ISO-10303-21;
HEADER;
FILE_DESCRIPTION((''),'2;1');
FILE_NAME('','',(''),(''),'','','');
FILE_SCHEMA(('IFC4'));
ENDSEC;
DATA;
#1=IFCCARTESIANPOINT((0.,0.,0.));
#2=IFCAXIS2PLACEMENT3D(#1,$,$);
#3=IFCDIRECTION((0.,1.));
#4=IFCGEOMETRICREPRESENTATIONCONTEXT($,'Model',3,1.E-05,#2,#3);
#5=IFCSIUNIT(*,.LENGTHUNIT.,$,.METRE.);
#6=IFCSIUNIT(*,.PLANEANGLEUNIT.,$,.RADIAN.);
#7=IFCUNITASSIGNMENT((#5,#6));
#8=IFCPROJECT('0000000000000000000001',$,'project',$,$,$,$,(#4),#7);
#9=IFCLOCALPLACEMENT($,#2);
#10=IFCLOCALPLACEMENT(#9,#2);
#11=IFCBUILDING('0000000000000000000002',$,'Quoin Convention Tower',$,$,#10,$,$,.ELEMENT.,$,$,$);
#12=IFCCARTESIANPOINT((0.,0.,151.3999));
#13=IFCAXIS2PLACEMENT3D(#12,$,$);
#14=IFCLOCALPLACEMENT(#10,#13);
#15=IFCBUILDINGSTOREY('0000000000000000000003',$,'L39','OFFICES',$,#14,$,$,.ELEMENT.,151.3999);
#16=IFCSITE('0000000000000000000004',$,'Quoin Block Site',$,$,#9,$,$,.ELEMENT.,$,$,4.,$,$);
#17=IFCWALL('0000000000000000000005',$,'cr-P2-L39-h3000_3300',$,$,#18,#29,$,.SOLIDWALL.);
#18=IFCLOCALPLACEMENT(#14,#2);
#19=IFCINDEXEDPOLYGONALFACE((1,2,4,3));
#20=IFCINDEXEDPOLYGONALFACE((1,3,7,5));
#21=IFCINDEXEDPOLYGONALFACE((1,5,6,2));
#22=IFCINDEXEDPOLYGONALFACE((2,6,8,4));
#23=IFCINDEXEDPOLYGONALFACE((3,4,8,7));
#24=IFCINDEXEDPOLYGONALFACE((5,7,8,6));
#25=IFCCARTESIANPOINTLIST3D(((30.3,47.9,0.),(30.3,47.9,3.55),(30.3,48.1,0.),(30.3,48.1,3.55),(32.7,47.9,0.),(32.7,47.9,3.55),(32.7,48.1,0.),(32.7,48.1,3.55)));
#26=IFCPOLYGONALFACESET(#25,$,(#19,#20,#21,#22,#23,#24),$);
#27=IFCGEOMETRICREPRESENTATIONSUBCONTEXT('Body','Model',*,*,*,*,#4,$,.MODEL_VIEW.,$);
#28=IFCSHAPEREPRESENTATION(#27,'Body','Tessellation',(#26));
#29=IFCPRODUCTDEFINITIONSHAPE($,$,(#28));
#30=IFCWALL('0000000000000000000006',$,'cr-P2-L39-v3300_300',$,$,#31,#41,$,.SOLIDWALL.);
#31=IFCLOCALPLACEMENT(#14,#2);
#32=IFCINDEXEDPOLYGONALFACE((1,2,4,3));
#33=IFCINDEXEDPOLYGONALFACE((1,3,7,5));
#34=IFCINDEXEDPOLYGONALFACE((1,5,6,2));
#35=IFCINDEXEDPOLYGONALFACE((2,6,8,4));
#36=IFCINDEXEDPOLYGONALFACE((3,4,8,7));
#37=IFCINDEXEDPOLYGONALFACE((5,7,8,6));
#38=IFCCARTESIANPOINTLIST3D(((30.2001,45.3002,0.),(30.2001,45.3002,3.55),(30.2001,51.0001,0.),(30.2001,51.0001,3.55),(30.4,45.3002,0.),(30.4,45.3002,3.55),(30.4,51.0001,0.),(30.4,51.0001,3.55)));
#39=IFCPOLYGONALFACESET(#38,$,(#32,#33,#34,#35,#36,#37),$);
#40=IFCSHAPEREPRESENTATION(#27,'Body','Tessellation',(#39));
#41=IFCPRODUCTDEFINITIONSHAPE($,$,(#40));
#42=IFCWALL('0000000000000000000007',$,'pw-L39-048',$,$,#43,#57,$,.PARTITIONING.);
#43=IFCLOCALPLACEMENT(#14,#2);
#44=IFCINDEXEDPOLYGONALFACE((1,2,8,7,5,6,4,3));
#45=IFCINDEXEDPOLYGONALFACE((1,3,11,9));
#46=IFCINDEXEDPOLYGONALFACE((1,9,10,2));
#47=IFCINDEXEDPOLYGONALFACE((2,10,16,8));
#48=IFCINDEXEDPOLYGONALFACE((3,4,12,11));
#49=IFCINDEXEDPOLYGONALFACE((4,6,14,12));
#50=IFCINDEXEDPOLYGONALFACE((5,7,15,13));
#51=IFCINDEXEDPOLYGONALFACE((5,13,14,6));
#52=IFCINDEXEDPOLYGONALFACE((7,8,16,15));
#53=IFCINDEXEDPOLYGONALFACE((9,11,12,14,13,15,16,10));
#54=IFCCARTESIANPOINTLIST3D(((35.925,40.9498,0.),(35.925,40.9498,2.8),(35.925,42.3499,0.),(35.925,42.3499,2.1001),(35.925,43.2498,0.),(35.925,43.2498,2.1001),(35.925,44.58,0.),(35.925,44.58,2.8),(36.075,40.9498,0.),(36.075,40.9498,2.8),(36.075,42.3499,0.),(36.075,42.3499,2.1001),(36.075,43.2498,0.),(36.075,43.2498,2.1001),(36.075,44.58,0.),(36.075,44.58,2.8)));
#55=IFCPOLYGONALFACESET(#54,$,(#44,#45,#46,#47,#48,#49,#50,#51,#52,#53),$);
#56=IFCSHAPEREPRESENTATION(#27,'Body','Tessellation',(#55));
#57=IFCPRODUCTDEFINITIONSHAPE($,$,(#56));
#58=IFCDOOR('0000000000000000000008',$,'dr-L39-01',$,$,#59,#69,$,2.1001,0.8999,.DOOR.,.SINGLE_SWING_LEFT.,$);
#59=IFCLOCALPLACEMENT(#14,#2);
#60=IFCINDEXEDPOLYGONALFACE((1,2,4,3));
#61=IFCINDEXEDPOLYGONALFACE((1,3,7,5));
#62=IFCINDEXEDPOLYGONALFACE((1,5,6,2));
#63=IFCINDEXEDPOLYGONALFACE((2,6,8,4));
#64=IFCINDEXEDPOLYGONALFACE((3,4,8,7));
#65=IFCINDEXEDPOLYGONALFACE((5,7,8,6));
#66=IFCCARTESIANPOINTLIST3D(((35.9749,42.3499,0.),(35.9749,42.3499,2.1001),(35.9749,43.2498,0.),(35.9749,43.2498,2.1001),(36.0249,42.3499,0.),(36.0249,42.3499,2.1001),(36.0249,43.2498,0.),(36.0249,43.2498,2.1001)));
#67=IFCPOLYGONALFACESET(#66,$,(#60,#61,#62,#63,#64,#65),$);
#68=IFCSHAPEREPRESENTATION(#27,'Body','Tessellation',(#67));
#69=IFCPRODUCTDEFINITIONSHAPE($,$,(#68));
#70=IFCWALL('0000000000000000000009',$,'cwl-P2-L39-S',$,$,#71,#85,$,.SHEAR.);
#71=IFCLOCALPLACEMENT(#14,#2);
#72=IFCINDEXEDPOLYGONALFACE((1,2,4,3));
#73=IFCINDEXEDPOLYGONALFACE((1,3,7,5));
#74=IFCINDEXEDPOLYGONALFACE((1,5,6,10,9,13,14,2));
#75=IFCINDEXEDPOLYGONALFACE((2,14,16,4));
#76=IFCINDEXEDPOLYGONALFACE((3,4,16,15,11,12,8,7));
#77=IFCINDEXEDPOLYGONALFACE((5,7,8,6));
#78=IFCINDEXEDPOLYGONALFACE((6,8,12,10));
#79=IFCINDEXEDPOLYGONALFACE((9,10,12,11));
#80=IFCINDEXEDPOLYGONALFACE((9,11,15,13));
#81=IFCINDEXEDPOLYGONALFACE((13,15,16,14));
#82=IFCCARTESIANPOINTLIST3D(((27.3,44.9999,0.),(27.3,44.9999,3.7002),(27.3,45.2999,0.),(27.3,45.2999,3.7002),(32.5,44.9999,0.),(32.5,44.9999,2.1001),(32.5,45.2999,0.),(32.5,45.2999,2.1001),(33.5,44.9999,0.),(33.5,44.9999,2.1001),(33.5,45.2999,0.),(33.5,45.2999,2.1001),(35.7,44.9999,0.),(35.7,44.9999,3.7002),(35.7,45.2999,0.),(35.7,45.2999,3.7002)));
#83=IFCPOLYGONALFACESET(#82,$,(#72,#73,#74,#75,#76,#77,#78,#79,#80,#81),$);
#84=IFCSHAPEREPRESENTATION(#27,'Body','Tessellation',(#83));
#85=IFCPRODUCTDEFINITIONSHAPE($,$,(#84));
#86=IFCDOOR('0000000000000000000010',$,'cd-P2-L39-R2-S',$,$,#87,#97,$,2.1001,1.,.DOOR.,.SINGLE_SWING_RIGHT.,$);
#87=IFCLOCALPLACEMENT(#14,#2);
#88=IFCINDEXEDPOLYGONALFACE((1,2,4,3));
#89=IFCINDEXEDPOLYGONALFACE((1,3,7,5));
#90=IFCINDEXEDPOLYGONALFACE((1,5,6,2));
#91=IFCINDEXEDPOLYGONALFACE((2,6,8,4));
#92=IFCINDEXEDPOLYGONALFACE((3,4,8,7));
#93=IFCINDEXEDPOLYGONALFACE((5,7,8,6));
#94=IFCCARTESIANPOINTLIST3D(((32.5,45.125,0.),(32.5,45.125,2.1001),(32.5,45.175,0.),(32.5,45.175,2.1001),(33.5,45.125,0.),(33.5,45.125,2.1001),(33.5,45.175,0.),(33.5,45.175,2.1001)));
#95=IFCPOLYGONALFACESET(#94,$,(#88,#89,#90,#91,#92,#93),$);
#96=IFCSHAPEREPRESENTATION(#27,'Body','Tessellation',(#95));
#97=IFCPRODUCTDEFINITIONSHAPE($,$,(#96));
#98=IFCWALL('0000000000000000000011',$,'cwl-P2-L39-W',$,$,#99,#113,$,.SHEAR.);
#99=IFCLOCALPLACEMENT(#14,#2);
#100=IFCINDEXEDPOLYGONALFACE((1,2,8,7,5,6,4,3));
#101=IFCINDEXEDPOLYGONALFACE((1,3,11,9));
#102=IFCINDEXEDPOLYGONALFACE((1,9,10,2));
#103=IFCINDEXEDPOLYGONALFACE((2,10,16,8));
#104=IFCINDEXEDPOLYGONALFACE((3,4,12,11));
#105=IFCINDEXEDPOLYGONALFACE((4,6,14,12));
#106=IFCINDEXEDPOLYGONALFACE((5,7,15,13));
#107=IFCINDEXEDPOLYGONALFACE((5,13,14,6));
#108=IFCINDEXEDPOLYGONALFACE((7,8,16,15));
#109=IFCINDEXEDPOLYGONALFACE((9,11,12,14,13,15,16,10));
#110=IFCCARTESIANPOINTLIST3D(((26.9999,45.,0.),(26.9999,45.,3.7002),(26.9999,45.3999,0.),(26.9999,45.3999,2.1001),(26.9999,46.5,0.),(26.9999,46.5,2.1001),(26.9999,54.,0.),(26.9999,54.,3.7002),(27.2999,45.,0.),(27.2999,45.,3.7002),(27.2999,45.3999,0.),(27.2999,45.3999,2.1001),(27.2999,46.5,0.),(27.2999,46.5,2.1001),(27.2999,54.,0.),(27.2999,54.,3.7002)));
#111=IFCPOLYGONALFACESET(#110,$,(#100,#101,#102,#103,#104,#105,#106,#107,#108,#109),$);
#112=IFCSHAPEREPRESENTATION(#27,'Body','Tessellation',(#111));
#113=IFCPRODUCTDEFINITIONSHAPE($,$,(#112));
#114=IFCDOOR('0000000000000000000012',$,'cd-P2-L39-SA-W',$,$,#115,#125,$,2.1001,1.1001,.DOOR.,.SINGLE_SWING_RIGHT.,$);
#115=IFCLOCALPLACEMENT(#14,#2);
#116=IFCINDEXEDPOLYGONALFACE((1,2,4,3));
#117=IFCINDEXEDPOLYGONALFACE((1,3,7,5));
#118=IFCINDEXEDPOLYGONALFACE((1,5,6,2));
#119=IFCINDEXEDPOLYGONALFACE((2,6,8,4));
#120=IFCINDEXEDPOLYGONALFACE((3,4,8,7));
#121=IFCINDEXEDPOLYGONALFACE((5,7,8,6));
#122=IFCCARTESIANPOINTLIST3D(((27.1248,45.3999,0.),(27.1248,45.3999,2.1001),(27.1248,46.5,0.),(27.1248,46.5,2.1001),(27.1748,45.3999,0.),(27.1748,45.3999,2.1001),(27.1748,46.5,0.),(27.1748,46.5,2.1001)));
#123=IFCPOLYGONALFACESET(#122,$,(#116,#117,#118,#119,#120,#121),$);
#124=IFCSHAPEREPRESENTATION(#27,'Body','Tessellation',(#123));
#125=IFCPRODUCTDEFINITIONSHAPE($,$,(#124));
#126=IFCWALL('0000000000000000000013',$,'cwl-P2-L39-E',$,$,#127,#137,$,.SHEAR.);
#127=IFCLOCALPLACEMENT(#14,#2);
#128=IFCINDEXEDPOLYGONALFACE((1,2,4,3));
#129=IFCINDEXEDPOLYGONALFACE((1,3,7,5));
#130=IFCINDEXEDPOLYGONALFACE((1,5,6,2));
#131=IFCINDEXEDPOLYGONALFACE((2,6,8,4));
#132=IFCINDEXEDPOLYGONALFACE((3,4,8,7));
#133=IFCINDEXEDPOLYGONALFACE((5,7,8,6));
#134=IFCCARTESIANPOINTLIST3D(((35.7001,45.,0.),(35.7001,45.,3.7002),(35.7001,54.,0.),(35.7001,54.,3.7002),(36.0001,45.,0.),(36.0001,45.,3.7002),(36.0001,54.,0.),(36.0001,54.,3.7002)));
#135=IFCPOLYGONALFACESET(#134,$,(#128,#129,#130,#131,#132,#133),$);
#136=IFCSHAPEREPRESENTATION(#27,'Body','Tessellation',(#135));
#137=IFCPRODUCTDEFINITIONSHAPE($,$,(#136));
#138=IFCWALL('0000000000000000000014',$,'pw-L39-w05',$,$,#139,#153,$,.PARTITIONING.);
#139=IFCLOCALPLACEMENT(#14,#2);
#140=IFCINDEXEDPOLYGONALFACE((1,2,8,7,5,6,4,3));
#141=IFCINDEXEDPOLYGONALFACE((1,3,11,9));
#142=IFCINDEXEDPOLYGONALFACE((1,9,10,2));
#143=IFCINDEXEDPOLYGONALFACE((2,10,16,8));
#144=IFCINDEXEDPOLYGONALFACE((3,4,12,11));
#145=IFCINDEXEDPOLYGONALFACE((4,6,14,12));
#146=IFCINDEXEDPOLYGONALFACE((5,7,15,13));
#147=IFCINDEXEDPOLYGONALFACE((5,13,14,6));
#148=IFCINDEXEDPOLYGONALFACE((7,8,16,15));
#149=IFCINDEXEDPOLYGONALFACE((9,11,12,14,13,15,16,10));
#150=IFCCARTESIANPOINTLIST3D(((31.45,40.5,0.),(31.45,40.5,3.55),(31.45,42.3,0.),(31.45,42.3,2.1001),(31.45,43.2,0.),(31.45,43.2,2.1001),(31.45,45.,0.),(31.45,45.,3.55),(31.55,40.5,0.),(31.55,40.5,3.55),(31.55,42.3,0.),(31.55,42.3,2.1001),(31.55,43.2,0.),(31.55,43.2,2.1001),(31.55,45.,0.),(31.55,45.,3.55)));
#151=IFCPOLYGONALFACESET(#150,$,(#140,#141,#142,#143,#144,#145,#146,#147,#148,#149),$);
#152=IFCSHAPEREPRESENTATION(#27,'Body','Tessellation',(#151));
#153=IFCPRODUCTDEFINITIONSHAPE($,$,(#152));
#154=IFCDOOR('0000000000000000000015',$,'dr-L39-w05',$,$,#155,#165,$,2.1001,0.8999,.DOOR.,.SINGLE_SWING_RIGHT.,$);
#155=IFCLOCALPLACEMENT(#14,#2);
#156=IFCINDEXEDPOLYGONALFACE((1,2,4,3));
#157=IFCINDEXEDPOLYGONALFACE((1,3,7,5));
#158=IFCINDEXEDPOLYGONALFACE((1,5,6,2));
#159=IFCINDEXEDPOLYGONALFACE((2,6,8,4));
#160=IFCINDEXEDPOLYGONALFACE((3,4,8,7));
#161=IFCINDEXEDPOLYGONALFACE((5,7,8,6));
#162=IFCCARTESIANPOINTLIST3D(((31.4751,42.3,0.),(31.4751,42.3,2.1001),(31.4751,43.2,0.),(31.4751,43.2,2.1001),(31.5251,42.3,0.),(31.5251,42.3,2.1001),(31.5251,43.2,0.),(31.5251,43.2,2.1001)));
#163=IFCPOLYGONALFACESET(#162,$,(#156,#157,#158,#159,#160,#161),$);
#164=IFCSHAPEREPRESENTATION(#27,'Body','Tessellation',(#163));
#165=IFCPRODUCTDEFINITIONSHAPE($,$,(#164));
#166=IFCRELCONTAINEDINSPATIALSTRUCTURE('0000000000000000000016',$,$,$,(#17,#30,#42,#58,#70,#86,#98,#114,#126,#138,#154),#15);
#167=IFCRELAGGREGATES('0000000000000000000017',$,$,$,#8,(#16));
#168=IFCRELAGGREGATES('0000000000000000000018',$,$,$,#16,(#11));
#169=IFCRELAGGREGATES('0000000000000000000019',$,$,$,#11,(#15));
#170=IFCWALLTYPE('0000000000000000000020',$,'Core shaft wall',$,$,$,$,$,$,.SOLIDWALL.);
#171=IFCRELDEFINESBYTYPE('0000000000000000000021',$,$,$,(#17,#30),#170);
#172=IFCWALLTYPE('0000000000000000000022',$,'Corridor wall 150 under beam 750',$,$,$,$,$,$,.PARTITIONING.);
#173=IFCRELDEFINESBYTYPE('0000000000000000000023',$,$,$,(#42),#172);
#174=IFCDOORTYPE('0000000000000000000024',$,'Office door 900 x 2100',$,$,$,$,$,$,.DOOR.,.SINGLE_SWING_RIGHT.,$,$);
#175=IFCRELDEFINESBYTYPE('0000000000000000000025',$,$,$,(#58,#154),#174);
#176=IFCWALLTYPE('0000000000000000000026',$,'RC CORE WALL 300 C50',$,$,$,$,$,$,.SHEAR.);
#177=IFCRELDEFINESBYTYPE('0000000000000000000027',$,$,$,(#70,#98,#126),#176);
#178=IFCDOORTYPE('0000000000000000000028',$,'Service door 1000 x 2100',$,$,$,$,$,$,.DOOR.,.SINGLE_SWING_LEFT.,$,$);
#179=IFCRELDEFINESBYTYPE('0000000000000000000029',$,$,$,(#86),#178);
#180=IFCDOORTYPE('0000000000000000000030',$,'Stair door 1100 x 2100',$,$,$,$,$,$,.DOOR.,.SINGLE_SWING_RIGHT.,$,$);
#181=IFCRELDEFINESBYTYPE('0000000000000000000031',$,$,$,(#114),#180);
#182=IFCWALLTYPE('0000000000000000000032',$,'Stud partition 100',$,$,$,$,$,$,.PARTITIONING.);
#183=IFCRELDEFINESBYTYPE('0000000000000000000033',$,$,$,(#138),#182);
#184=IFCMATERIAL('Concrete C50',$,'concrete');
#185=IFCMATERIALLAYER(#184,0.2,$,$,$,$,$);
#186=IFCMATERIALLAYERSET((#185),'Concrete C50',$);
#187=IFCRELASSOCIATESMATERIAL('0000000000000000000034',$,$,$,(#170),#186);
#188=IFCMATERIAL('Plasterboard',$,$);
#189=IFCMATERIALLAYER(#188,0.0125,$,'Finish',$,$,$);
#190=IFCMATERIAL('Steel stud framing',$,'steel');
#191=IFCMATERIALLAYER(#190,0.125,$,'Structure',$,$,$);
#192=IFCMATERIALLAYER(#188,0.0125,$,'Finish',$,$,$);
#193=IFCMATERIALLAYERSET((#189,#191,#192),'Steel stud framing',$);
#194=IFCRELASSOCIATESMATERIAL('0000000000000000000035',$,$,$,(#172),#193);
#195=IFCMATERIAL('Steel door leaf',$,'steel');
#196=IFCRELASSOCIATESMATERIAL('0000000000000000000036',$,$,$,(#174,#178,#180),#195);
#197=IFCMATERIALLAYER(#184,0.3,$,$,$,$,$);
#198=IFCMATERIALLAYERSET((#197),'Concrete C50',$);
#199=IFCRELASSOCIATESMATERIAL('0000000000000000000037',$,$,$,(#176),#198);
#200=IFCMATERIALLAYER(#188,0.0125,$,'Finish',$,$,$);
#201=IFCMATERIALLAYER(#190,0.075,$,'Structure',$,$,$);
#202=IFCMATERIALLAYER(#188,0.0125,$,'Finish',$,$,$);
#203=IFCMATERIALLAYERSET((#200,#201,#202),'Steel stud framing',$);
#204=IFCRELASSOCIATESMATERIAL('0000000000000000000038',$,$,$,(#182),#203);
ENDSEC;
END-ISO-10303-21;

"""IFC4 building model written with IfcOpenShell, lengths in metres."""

from ifc_helpers import new_model, si_unit, direction, frame, frame_2d, origin, place, context, subcontext, project, spatial, rectangle, extrude, material, layer, layer_set, type_object, element, fill, save


model = new_model("IFC4")

# Units and contexts
model_context = context("Model", 3, precision=1e-05, world=origin(), true_north=direction((0.0, 1.0)))
body_context = subcontext(model_context, "Body", "Model", "MODEL_VIEW")
ifc_project = project(units=[si_unit("LENGTHUNIT", "METRE"), si_unit("PLANEANGLEUNIT", "RADIAN")], contexts=[model_context])

# Site, building, storey
site_placement = place(None, origin())
site = spatial("IfcSite", under=ifc_project, at=site_placement, Name="Quoin Block Site", CompositionType="ELEMENT", RefElevation=4.0)
building_placement = place(site_placement, origin())
building = spatial("IfcBuilding", under=site, at=building_placement, Name="Quoin Convention Tower", CompositionType="ELEMENT")
storey_placement = place(building_placement, frame((0.0, 0.0, 151.3999)))
storey = spatial("IfcBuildingStorey", under=building, at=storey_placement, Name="L39", Description="OFFICES", CompositionType="ELEMENT", Elevation=151.3999)

# Shared definitions
ifc_material_1 = material(Name="Concrete C50", Category="concrete")

# Walls
ifc_layer_1 = layer(ifc_material_1, 0.2)
ifc_layer_set_1 = layer_set([ifc_layer_1], Name="Concrete C50")
wall_type_1 = type_object("IfcWallType", Name="Core shaft wall", PredefinedType="SOLIDWALL", material=ifc_layer_set_1)
wall_1_placement = place(storey_placement, frame((30.3, 48.0, 0.0), z_axis=(0.0, 0.0, 1.0), x_axis=(1.0, 0.0, 0.0)))
element("IfcWall", 1, at=wall_1_placement, inside=storey, type_object=wall_type_1, Name="cr-P2-L39-h3000_3300", PredefinedType="SOLIDWALL", context=body_context, shape_type="SweptSolid", body=[
    extrude(rectangle(XDim=2.3999, YDim=0.2, at=frame_2d((1.2, 0.0))), origin(), (0.0, 0.0, 1.0), 3.55),
])
wall_2_placement = place(storey_placement, frame((30.3, 45.3, 0.0), z_axis=(0.0, 0.0, 1.0), x_axis=(0.0, 1.0, 0.0)))
element("IfcWall", 2, at=wall_2_placement, inside=storey, type_object=wall_type_1, Name="cr-P2-L39-v3300_300", PredefinedType="SOLIDWALL", context=body_context, shape_type="SweptSolid", body=[
    extrude(rectangle(XDim=5.7, YDim=0.2, at=frame_2d((2.8501, 0.0))), origin(), (0.0, 0.0, 1.0), 3.55),
])

# Walls, openings, doors
ifc_material_2 = material(Name="Plasterboard")
ifc_layer_2 = layer(ifc_material_2, 0.0125, Name="Finish")
ifc_material_3 = material(Name="Steel stud framing", Category="steel")
ifc_layer_3 = layer(ifc_material_3, 0.125, Name="Structure")
ifc_layer_4 = layer(ifc_material_2, 0.0125, Name="Finish")
ifc_layer_set_2 = layer_set([ifc_layer_2, ifc_layer_3, ifc_layer_4], Name="Steel stud framing")
wall_type_2 = type_object("IfcWallType", Name="Corridor wall 150 under beam 750", PredefinedType="PARTITIONING", material=ifc_layer_set_2)
wall_3_placement = place(storey_placement, frame((36.0, 40.95, 0.0), z_axis=(0.0, 0.0, 1.0), x_axis=(0.0, 1.0, 0.0)))
wall_3 = element("IfcWall", 3, at=wall_3_placement, inside=storey, type_object=wall_type_2, Name="pw-L39-048", PredefinedType="PARTITIONING", context=body_context, shape_type="SweptSolid", body=[
    extrude(rectangle(XDim=3.6301, YDim=0.1499, at=frame_2d((1.8149, 0.0))), origin(), (0.0, 0.0, 1.0), 2.8),
])
opening_1_placement = place(wall_3_placement, frame((1.3999, 0.0, 0.0)))
opening_1 = element("IfcOpeningElement", 4, at=opening_1_placement, cuts=wall_3, PredefinedType="OPENING", context=body_context, shape_type="SweptSolid", body=[
    extrude(rectangle(XDim=0.8999, YDim=2.1001, at=frame_2d((0.45, 1.05))), frame((0.0, 0.085, 0.0), z_axis=(0.0, -1.0, 0.0), x_axis=(1.0, 0.0, 0.0)), (0.0, 0.0, 1.0), 0.1699),
])
ifc_material_4 = material(Name="Steel door leaf", Category="steel")
door_type_1 = type_object("IfcDoorType", Name="Office door 900 x 2100", OperationType="SINGLE_SWING_RIGHT", PredefinedType="DOOR", material=ifc_material_4)
door_1_placement = place(opening_1_placement, frame((0.8999, 0.0, 0.0), z_axis=(0.0, 0.0, 1.0), x_axis=(-1.0, 0.0, 0.0)))
door_1 = element("IfcDoor", 5, at=door_1_placement, inside=storey, type_object=door_type_1, Name="dr-L39-01", OperationType="SINGLE_SWING_LEFT", OverallHeight=2.1001, OverallWidth=0.8999, PredefinedType="DOOR", context=body_context, shape_type="SweptSolid", body=[
    extrude(rectangle(XDim=0.8999, YDim=2.1001, at=frame_2d((0.45, 1.05))), frame((0.0, 0.0249, 0.0), z_axis=(0.0, -1.0, 0.0), x_axis=(1.0, 0.0, 0.0)), (0.0, 0.0, 1.0), 0.05),
])
fill(opening_1, door_1)
ifc_layer_5 = layer(ifc_material_1, 0.3)
ifc_layer_set_3 = layer_set([ifc_layer_5], Name="Concrete C50")
wall_type_3 = type_object("IfcWallType", Name="RC CORE WALL 300 C50", PredefinedType="SHEAR", material=ifc_layer_set_3)
wall_4_placement = place(storey_placement, frame((27.3, 45.1499, 0.0), z_axis=(0.0, 0.0, 1.0), x_axis=(1.0, 0.0, 0.0)))
wall_4 = element("IfcWall", 6, at=wall_4_placement, inside=storey, type_object=wall_type_3, Name="cwl-P2-L39-S", PredefinedType="SHEAR", context=body_context, shape_type="SweptSolid", body=[
    extrude(rectangle(XDim=8.3999, YDim=0.3, at=frame_2d((4.2, 0.0))), origin(), (0.0, 0.0, 1.0), 3.7002),
])
opening_2_placement = place(wall_4_placement, frame((5.2, 0.0, 0.0)))
opening_2 = element("IfcOpeningElement", 7, at=opening_2_placement, cuts=wall_4, PredefinedType="OPENING", context=body_context, shape_type="SweptSolid", body=[
    extrude(rectangle(XDim=1.0, YDim=2.1001, at=frame_2d((0.5, 1.05))), frame((0.0, 0.1599, 0.0), z_axis=(0.0, -1.0, 0.0), x_axis=(1.0, 0.0, 0.0)), (0.0, 0.0, 1.0), 0.3201),
])
door_type_2 = type_object("IfcDoorType", Name="Service door 1000 x 2100", OperationType="SINGLE_SWING_LEFT", PredefinedType="DOOR", material=ifc_material_4)
door_2_placement = place(opening_2_placement, frame((1.0, 0.0, 0.0), z_axis=(0.0, 0.0, 1.0), x_axis=(-1.0, 0.0, 0.0)))
door_2 = element("IfcDoor", 8, at=door_2_placement, inside=storey, type_object=door_type_2, Name="cd-P2-L39-R2-S", OperationType="SINGLE_SWING_RIGHT", OverallHeight=2.1001, OverallWidth=1.0, PredefinedType="DOOR", context=body_context, shape_type="SweptSolid", body=[
    extrude(rectangle(XDim=1.0, YDim=2.1001, at=frame_2d((0.5, 1.05))), frame((0.0, 0.0249, 0.0), z_axis=(0.0, -1.0, 0.0), x_axis=(1.0, 0.0, 0.0)), (0.0, 0.0, 1.0), 0.05),
])
fill(opening_2, door_2)
wall_5_placement = place(storey_placement, frame((27.1499, 45.0, 0.0), z_axis=(0.0, 0.0, 1.0), x_axis=(0.0, 1.0, 0.0)))
wall_5 = element("IfcWall", 9, at=wall_5_placement, inside=storey, type_object=wall_type_3, Name="cwl-P2-L39-W", PredefinedType="SHEAR", context=body_context, shape_type="SweptSolid", body=[
    extrude(rectangle(XDim=9.0, YDim=0.3, at=frame_2d((4.5, 0.0))), origin(), (0.0, 0.0, 1.0), 3.7002),
])
opening_3_placement = place(wall_5_placement, frame((0.3999, 0.0, 0.0)))
opening_3 = element("IfcOpeningElement", 10, at=opening_3_placement, cuts=wall_5, PredefinedType="OPENING", context=body_context, shape_type="SweptSolid", body=[
    extrude(rectangle(XDim=1.1001, YDim=2.1001, at=frame_2d((0.55, 1.05))), frame((0.0, 0.1599, 0.0), z_axis=(0.0, -1.0, 0.0), x_axis=(1.0, 0.0, 0.0)), (0.0, 0.0, 1.0), 0.3201),
])
door_type_3 = type_object("IfcDoorType", Name="Stair door 1100 x 2100", OperationType="SINGLE_SWING_RIGHT", PredefinedType="DOOR", material=ifc_material_4)
door_3_placement = place(opening_3_placement, frame((1.1001, 0.0, 0.0), z_axis=(0.0, 0.0, 1.0), x_axis=(-1.0, 0.0, 0.0)))
door_3 = element("IfcDoor", 11, at=door_3_placement, inside=storey, type_object=door_type_3, Name="cd-P2-L39-SA-W", OperationType="SINGLE_SWING_RIGHT", OverallHeight=2.1001, OverallWidth=1.1001, PredefinedType="DOOR", context=body_context, shape_type="SweptSolid", body=[
    extrude(rectangle(XDim=1.1001, YDim=2.1001, at=frame_2d((0.55, 1.05))), frame((0.0, 0.0249, 0.0), z_axis=(0.0, -1.0, 0.0), x_axis=(1.0, 0.0, 0.0)), (0.0, 0.0, 1.0), 0.05),
])
fill(opening_3, door_3)

# Wall
wall_6_placement = place(storey_placement, frame((35.8501, 45.0, 0.0), z_axis=(0.0, 0.0, 1.0), x_axis=(0.0, 1.0, 0.0)))
element("IfcWall", 12, at=wall_6_placement, inside=storey, type_object=wall_type_3, Name="cwl-P2-L39-E", PredefinedType="SHEAR", context=body_context, shape_type="SweptSolid", body=[
    extrude(rectangle(XDim=9.0, YDim=0.3, at=frame_2d((4.5, 0.0))), origin(), (0.0, 0.0, 1.0), 3.7002),
])

# Wall, opening, door
ifc_layer_6 = layer(ifc_material_2, 0.0125, Name="Finish")
ifc_layer_7 = layer(ifc_material_3, 0.075, Name="Structure")
ifc_layer_8 = layer(ifc_material_2, 0.0125, Name="Finish")
ifc_layer_set_4 = layer_set([ifc_layer_6, ifc_layer_7, ifc_layer_8], Name="Steel stud framing")
wall_type_4 = type_object("IfcWallType", Name="Stud partition 100", PredefinedType="PARTITIONING", material=ifc_layer_set_4)
wall_7_placement = place(storey_placement, frame((31.5, 45.0, 0.0), z_axis=(0.0, 0.0, 1.0), x_axis=(0.0, -1.0, 0.0)))
wall_7 = element("IfcWall", 13, at=wall_7_placement, inside=storey, type_object=wall_type_4, Name="pw-L39-w05", PredefinedType="PARTITIONING", context=body_context, shape_type="SweptSolid", body=[
    extrude(rectangle(XDim=4.5, YDim=0.1001, at=frame_2d((2.25, 0.0))), origin(), (0.0, 0.0, 1.0), 3.55),
])
opening_4_placement = place(wall_7_placement, frame((1.8, 0.0, 0.0)))
opening_4 = element("IfcOpeningElement", 14, at=opening_4_placement, cuts=wall_7, PredefinedType="OPENING", context=body_context, shape_type="SweptSolid", body=[
    extrude(rectangle(XDim=0.8999, YDim=2.1001, at=frame_2d((0.45, 1.05))), frame((0.0, 0.0601, 0.0), z_axis=(0.0, -1.0, 0.0), x_axis=(1.0, 0.0, 0.0)), (0.0, 0.0, 1.0), 0.1201),
])
door_4_placement = place(opening_4_placement, frame((0.8999, 0.0, 0.0), z_axis=(0.0, 0.0, 1.0), x_axis=(-1.0, 0.0, 0.0)))
door_4 = element("IfcDoor", 15, at=door_4_placement, inside=storey, type_object=door_type_1, Name="dr-L39-w05", OperationType="SINGLE_SWING_RIGHT", OverallHeight=2.1001, OverallWidth=0.8999, PredefinedType="DOOR", context=body_context, shape_type="SweptSolid", body=[
    extrude(rectangle(XDim=0.8999, YDim=2.1001, at=frame_2d((0.45, 1.05))), frame((0.0, 0.0249, 0.0), z_axis=(0.0, -1.0, 0.0), x_axis=(1.0, 0.0, 0.0)), (0.0, 0.0, 1.0), 0.05),
])
fill(opening_4, door_4)

save(model, "model.ifc")
